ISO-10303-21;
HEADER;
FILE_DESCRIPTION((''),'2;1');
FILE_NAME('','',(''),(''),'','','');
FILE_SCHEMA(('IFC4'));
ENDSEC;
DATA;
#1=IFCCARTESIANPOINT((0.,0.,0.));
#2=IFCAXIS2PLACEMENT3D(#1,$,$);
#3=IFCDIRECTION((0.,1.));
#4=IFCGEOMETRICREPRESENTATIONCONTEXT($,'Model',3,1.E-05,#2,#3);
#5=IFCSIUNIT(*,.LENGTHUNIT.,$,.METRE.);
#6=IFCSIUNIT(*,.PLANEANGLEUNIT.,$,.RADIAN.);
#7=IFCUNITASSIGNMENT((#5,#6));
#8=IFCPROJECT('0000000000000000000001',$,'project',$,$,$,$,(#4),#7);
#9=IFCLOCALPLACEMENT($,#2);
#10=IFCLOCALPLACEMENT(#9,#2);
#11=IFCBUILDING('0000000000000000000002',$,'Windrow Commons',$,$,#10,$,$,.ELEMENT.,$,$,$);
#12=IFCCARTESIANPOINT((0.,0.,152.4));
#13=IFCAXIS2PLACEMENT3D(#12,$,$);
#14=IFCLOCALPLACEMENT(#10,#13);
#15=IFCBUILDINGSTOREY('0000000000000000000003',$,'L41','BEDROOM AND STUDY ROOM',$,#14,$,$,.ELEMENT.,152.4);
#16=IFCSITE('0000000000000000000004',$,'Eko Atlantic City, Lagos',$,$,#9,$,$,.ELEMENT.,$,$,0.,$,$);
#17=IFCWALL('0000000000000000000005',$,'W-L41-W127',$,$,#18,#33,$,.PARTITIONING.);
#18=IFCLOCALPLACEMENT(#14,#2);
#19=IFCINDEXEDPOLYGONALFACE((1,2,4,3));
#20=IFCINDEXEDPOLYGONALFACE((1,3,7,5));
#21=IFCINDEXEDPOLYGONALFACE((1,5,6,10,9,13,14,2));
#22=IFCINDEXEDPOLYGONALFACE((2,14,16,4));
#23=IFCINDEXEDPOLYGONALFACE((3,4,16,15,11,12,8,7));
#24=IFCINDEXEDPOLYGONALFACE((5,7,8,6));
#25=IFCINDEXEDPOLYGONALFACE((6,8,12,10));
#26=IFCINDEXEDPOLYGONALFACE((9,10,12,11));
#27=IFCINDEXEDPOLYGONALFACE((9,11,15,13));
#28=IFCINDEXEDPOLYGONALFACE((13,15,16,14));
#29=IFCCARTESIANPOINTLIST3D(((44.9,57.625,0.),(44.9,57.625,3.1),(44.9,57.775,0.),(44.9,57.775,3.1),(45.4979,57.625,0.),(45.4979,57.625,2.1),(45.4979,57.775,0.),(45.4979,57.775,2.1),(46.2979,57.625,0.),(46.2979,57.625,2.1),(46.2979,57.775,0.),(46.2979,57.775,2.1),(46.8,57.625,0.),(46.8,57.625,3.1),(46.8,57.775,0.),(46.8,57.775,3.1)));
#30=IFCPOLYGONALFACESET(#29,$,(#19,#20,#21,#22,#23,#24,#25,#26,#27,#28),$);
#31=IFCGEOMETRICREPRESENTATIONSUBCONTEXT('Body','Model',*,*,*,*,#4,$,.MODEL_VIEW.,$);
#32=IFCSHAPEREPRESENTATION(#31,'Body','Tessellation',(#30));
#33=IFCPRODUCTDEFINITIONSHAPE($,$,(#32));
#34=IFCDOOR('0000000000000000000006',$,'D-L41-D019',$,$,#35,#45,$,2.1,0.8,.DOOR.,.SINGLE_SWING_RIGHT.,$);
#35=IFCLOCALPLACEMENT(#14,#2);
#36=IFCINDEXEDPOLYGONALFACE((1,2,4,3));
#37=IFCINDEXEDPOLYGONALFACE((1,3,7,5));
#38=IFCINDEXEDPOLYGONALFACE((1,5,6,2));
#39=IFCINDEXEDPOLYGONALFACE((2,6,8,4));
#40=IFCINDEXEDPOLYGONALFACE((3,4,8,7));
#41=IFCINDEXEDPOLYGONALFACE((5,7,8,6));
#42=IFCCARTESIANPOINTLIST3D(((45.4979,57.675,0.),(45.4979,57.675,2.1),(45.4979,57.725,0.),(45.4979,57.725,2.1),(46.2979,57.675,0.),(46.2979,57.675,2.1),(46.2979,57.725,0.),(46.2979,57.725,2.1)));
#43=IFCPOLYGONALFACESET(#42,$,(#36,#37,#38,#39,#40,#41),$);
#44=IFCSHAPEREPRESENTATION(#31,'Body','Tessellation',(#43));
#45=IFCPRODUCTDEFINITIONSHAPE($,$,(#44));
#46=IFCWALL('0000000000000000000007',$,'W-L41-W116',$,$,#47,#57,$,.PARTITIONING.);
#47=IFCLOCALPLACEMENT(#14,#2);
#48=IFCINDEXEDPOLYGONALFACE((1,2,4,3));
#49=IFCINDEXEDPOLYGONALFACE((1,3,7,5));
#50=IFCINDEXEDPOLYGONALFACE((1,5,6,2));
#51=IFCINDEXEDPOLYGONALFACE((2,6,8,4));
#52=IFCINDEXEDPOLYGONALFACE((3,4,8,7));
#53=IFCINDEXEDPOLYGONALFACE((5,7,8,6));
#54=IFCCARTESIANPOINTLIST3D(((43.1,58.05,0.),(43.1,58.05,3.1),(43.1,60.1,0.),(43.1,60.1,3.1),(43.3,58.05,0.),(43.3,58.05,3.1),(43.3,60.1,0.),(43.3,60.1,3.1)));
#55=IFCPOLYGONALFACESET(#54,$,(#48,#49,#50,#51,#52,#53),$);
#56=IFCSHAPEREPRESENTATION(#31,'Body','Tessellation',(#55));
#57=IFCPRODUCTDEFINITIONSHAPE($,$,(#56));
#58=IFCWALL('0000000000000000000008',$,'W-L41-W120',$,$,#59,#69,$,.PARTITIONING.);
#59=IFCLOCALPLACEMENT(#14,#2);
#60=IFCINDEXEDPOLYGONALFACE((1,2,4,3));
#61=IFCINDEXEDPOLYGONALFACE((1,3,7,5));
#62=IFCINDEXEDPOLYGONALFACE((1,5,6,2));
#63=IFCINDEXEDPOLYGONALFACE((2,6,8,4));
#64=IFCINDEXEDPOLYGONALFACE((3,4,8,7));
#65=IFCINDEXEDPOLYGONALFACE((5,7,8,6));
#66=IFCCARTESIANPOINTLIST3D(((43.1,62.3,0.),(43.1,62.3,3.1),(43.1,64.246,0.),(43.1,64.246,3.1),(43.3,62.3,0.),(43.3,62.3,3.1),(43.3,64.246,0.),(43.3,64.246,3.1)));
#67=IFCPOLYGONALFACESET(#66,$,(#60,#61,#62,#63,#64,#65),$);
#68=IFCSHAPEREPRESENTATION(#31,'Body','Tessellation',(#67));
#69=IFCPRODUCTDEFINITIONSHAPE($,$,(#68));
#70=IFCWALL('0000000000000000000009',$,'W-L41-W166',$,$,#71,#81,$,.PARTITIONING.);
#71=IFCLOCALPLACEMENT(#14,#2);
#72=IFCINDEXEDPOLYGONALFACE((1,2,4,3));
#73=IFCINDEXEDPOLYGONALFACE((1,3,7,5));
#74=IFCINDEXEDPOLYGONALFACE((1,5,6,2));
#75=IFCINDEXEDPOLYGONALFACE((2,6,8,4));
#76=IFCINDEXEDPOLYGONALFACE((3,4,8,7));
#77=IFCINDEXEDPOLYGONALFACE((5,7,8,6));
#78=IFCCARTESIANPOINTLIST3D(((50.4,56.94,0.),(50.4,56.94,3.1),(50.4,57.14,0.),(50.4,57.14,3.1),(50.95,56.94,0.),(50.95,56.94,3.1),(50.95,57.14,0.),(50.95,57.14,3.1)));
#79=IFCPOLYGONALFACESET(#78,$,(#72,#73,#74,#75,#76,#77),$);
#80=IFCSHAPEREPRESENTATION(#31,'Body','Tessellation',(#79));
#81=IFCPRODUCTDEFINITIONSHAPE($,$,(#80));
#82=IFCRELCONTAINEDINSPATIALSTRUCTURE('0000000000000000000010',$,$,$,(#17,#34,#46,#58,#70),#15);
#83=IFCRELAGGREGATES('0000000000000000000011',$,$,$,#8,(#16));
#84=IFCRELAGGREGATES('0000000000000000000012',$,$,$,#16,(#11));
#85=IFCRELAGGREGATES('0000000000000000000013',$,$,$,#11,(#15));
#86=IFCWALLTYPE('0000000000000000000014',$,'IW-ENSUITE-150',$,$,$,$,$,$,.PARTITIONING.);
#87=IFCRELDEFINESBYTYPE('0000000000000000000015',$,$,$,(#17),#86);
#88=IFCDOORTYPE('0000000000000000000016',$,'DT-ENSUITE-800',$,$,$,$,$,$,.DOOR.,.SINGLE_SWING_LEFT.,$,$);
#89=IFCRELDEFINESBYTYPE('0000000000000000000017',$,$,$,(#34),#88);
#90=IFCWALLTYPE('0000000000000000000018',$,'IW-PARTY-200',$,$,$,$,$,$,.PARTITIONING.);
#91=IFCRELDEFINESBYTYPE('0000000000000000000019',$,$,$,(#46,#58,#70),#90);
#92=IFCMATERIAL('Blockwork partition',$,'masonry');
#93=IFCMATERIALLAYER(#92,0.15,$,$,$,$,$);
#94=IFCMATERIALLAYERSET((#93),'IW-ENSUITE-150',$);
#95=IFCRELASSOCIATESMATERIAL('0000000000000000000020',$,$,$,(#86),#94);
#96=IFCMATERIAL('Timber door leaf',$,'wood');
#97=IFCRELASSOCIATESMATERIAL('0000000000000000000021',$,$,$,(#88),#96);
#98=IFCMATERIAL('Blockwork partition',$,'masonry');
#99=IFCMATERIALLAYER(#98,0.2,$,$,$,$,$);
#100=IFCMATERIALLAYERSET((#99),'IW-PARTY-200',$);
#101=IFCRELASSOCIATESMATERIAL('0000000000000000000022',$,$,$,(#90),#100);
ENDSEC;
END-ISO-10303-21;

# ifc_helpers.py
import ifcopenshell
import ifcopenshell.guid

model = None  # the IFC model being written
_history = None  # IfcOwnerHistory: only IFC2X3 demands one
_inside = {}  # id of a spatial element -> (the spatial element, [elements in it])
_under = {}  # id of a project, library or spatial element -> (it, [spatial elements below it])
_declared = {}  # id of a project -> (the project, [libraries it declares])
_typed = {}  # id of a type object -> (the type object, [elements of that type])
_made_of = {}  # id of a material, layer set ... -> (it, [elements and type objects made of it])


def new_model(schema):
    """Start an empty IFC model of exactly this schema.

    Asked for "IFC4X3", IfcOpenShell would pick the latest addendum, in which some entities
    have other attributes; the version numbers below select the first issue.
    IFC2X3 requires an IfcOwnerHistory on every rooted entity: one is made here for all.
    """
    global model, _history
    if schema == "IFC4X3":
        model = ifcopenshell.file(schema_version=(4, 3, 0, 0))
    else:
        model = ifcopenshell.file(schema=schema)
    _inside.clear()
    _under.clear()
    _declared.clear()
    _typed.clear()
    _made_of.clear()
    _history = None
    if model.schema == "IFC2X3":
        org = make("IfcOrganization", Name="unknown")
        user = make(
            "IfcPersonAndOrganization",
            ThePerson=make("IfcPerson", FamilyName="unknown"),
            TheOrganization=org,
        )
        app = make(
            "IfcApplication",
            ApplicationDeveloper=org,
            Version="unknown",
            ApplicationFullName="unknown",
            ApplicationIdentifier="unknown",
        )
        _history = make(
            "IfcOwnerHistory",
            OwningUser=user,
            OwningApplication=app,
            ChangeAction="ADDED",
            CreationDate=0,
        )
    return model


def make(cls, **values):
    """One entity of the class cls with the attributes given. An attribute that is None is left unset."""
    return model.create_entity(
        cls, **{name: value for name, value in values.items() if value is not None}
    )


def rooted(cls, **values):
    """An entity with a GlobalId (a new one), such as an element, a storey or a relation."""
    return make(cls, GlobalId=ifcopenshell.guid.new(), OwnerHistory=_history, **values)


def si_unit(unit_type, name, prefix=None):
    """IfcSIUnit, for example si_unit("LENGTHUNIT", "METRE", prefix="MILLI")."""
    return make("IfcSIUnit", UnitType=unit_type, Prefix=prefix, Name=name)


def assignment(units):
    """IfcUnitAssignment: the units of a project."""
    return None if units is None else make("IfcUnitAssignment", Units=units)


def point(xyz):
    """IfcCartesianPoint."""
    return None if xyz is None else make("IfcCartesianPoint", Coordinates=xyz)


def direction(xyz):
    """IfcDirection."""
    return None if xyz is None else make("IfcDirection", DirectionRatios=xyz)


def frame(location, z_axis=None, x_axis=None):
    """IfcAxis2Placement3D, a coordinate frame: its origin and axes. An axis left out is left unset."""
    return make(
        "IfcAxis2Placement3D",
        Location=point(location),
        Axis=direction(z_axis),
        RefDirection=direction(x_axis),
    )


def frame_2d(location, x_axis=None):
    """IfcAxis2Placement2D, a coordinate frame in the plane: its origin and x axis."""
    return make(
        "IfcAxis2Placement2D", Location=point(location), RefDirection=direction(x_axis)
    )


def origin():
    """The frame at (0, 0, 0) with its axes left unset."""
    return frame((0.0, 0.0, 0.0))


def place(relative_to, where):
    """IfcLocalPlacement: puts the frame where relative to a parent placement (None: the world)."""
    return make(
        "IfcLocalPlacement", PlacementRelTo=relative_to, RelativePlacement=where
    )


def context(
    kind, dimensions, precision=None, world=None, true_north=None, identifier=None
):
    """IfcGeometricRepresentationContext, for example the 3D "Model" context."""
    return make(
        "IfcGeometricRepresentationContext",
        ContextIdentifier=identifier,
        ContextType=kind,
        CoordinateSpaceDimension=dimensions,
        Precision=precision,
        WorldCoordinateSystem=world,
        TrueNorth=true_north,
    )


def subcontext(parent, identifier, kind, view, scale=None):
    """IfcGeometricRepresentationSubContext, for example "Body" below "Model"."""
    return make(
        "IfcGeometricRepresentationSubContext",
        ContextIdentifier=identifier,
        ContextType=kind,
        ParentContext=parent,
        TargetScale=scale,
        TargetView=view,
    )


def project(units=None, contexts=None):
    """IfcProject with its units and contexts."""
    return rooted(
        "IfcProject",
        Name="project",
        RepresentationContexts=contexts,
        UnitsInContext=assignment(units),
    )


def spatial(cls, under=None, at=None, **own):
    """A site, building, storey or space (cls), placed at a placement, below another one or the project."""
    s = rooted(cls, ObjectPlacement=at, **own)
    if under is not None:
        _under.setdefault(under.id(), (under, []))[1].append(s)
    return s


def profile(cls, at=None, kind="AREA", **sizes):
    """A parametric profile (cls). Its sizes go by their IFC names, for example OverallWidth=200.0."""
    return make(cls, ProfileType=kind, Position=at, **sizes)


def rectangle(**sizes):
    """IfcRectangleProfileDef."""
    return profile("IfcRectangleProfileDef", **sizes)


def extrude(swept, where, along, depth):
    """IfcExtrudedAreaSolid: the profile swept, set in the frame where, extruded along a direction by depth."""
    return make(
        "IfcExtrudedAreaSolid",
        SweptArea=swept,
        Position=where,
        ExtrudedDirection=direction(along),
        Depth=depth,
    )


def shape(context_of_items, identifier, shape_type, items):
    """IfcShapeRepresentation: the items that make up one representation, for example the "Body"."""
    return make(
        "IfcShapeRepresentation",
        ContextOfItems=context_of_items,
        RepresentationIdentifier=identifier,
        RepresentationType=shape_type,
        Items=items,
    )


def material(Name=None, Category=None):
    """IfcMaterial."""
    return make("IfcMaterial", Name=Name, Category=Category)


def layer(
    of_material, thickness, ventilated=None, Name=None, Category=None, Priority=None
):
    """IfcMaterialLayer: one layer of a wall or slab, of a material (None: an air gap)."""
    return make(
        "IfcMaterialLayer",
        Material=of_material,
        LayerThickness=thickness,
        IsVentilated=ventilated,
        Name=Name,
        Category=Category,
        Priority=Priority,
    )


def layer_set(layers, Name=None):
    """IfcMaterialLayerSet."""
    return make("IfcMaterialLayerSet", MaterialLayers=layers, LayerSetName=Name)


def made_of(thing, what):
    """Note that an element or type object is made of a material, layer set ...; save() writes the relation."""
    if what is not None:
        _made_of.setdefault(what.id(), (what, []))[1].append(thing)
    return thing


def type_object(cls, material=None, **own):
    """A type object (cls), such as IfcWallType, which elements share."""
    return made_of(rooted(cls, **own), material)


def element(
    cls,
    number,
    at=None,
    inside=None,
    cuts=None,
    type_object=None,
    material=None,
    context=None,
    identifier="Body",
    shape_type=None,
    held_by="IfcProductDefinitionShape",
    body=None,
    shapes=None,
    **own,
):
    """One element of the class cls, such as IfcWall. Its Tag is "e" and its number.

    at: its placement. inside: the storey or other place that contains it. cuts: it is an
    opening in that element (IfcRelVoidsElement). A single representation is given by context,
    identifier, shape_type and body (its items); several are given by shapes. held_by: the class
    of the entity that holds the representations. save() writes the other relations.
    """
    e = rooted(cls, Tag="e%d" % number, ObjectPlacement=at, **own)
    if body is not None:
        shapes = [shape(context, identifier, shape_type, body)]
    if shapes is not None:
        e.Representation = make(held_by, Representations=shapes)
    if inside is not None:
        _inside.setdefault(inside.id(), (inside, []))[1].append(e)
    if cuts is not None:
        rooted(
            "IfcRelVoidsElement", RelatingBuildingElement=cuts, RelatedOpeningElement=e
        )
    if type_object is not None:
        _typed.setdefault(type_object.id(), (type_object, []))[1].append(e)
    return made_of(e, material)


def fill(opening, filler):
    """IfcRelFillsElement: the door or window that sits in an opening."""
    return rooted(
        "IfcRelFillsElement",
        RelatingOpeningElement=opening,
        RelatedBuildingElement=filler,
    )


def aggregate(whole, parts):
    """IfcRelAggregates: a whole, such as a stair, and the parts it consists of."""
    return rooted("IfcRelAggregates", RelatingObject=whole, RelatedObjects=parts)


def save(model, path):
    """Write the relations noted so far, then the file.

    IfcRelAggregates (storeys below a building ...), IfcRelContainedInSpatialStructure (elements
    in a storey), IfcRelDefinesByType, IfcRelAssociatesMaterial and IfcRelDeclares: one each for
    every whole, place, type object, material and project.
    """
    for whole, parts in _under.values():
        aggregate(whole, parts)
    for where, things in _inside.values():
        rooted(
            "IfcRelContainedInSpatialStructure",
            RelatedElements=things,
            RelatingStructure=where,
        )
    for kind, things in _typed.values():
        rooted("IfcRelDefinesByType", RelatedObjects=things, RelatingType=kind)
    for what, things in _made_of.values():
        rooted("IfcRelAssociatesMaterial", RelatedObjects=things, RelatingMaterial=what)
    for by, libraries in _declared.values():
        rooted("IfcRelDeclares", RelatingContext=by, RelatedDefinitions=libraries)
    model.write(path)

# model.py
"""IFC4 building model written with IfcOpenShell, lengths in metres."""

from ifc_helpers import new_model, si_unit, direction, frame, frame_2d, origin, place, context, subcontext, project, spatial, rectangle, extrude, material, layer, layer_set, type_object, element, fill, save


model = new_model("IFC4")

# Units and contexts
model_context = context("Model", 3, precision=1e-05, world=origin(), true_north=direction((0.0, 1.0)))
body_context = subcontext(model_context, "Body", "Model", "MODEL_VIEW")
ifc_project = project(units=[si_unit("LENGTHUNIT", "METRE"), si_unit("PLANEANGLEUNIT", "RADIAN")], contexts=[model_context])

# Site, building, storey
site_placement = place(None, origin())
site = spatial("IfcSite", under=ifc_project, at=site_placement, Name="Eko Atlantic City, Lagos", CompositionType="ELEMENT", RefElevation=0.0)
building_placement = place(site_placement, origin())
building = spatial("IfcBuilding", under=site, at=building_placement, Name="Windrow Commons", CompositionType="ELEMENT")
storey_placement = place(building_placement, frame((0.0, 0.0, 152.4)))
storey = spatial("IfcBuildingStorey", under=building, at=storey_placement, Name="L41", Description="BEDROOM AND STUDY ROOM", CompositionType="ELEMENT", Elevation=152.4)

# Shared definitions
ifc_material_1 = material(Name="Blockwork partition", Category="masonry")
ifc_layer_1 = layer(ifc_material_1, 0.15)
ifc_layer_set_1 = layer_set([ifc_layer_1], Name="IW-ENSUITE-150")
wall_type_1 = type_object("IfcWallType", Name="IW-ENSUITE-150", PredefinedType="PARTITIONING", material=ifc_layer_set_1)

# Wall, opening, door
wall_1_placement = place(storey_placement, frame((44.9, 57.7, 0.0), z_axis=(0.0, 0.0, 1.0), x_axis=(1.0, 0.0, 0.0)))
wall_1 = element("IfcWall", 1, at=wall_1_placement, inside=storey, type_object=wall_type_1, Name="W-L41-W127", PredefinedType="PARTITIONING", context=body_context, shape_type="SweptSolid", body=[
    extrude(rectangle(XDim=1.9, YDim=0.15, at=frame_2d((0.95, 0.0))), origin(), (0.0, 0.0, 1.0), 3.1),
])
opening_1_placement = place(wall_1_placement, frame((0.5979, 0.0, 0.0)))
opening_1 = element("IfcOpeningElement", 2, at=opening_1_placement, cuts=wall_1, PredefinedType="OPENING", context=body_context, shape_type="SweptSolid", body=[
    extrude(rectangle(XDim=0.8, YDim=2.1, at=frame_2d((0.4, 1.05))), frame((0.0, 0.085, 0.0), z_axis=(0.0, -1.0, 0.0), x_axis=(1.0, 0.0, 0.0)), (0.0, 0.0, 1.0), 0.17),
])
ifc_material_2 = material(Name="Timber door leaf", Category="wood")
door_type_1 = type_object("IfcDoorType", Name="DT-ENSUITE-800", OperationType="SINGLE_SWING_LEFT", PredefinedType="DOOR", material=ifc_material_2)
door_1_placement = place(opening_1_placement, origin())
door_1 = element("IfcDoor", 3, at=door_1_placement, inside=storey, type_object=door_type_1, Name="D-L41-D019", OperationType="SINGLE_SWING_RIGHT", OverallHeight=2.1, OverallWidth=0.8, PredefinedType="DOOR", context=body_context, shape_type="SweptSolid", body=[
    extrude(rectangle(XDim=0.8, YDim=2.1, at=frame_2d((0.4, 1.05))), frame((0.0, 0.025, 0.0), z_axis=(0.0, -1.0, 0.0), x_axis=(1.0, 0.0, 0.0)), (0.0, 0.0, 1.0), 0.05),
])
fill(opening_1, door_1)

# Walls
ifc_material_3 = material(Name="Blockwork partition", Category="masonry")
ifc_layer_2 = layer(ifc_material_3, 0.2)
ifc_layer_set_2 = layer_set([ifc_layer_2], Name="IW-PARTY-200")
wall_type_2 = type_object("IfcWallType", Name="IW-PARTY-200", PredefinedType="PARTITIONING", material=ifc_layer_set_2)
wall_2_placement = place(storey_placement, frame((43.2, 58.05, 0.0), z_axis=(0.0, 0.0, 1.0), x_axis=(0.0, 1.0, 0.0)))
element("IfcWall", 4, at=wall_2_placement, inside=storey, type_object=wall_type_2, Name="W-L41-W116", PredefinedType="PARTITIONING", context=body_context, shape_type="SweptSolid", body=[
    extrude(rectangle(XDim=2.05, YDim=0.2, at=frame_2d((1.025, 0.0))), origin(), (0.0, 0.0, 1.0), 3.1),
])
wall_3_placement = place(storey_placement, frame((43.2, 62.3, 0.0), z_axis=(0.0, 0.0, 1.0), x_axis=(0.0, 1.0, 0.0)))
element("IfcWall", 5, at=wall_3_placement, inside=storey, type_object=wall_type_2, Name="W-L41-W120", PredefinedType="PARTITIONING", context=body_context, shape_type="SweptSolid", body=[
    extrude(rectangle(XDim=1.946, YDim=0.2, at=frame_2d((0.973, 0.0))), origin(), (0.0, 0.0, 1.0), 3.1),
])
wall_4_placement = place(storey_placement, frame((50.4, 57.04, 0.0), z_axis=(0.0, 0.0, 1.0), x_axis=(1.0, 0.0, 0.0)))
element("IfcWall", 6, at=wall_4_placement, inside=storey, type_object=wall_type_2, Name="W-L41-W166", PredefinedType="PARTITIONING", context=body_context, shape_type="SweptSolid", body=[
    extrude(rectangle(XDim=0.55, YDim=0.2, at=frame_2d((0.275, 0.0))), origin(), (0.0, 0.0, 1.0), 3.1),
])

save(model, "model.ifc")
